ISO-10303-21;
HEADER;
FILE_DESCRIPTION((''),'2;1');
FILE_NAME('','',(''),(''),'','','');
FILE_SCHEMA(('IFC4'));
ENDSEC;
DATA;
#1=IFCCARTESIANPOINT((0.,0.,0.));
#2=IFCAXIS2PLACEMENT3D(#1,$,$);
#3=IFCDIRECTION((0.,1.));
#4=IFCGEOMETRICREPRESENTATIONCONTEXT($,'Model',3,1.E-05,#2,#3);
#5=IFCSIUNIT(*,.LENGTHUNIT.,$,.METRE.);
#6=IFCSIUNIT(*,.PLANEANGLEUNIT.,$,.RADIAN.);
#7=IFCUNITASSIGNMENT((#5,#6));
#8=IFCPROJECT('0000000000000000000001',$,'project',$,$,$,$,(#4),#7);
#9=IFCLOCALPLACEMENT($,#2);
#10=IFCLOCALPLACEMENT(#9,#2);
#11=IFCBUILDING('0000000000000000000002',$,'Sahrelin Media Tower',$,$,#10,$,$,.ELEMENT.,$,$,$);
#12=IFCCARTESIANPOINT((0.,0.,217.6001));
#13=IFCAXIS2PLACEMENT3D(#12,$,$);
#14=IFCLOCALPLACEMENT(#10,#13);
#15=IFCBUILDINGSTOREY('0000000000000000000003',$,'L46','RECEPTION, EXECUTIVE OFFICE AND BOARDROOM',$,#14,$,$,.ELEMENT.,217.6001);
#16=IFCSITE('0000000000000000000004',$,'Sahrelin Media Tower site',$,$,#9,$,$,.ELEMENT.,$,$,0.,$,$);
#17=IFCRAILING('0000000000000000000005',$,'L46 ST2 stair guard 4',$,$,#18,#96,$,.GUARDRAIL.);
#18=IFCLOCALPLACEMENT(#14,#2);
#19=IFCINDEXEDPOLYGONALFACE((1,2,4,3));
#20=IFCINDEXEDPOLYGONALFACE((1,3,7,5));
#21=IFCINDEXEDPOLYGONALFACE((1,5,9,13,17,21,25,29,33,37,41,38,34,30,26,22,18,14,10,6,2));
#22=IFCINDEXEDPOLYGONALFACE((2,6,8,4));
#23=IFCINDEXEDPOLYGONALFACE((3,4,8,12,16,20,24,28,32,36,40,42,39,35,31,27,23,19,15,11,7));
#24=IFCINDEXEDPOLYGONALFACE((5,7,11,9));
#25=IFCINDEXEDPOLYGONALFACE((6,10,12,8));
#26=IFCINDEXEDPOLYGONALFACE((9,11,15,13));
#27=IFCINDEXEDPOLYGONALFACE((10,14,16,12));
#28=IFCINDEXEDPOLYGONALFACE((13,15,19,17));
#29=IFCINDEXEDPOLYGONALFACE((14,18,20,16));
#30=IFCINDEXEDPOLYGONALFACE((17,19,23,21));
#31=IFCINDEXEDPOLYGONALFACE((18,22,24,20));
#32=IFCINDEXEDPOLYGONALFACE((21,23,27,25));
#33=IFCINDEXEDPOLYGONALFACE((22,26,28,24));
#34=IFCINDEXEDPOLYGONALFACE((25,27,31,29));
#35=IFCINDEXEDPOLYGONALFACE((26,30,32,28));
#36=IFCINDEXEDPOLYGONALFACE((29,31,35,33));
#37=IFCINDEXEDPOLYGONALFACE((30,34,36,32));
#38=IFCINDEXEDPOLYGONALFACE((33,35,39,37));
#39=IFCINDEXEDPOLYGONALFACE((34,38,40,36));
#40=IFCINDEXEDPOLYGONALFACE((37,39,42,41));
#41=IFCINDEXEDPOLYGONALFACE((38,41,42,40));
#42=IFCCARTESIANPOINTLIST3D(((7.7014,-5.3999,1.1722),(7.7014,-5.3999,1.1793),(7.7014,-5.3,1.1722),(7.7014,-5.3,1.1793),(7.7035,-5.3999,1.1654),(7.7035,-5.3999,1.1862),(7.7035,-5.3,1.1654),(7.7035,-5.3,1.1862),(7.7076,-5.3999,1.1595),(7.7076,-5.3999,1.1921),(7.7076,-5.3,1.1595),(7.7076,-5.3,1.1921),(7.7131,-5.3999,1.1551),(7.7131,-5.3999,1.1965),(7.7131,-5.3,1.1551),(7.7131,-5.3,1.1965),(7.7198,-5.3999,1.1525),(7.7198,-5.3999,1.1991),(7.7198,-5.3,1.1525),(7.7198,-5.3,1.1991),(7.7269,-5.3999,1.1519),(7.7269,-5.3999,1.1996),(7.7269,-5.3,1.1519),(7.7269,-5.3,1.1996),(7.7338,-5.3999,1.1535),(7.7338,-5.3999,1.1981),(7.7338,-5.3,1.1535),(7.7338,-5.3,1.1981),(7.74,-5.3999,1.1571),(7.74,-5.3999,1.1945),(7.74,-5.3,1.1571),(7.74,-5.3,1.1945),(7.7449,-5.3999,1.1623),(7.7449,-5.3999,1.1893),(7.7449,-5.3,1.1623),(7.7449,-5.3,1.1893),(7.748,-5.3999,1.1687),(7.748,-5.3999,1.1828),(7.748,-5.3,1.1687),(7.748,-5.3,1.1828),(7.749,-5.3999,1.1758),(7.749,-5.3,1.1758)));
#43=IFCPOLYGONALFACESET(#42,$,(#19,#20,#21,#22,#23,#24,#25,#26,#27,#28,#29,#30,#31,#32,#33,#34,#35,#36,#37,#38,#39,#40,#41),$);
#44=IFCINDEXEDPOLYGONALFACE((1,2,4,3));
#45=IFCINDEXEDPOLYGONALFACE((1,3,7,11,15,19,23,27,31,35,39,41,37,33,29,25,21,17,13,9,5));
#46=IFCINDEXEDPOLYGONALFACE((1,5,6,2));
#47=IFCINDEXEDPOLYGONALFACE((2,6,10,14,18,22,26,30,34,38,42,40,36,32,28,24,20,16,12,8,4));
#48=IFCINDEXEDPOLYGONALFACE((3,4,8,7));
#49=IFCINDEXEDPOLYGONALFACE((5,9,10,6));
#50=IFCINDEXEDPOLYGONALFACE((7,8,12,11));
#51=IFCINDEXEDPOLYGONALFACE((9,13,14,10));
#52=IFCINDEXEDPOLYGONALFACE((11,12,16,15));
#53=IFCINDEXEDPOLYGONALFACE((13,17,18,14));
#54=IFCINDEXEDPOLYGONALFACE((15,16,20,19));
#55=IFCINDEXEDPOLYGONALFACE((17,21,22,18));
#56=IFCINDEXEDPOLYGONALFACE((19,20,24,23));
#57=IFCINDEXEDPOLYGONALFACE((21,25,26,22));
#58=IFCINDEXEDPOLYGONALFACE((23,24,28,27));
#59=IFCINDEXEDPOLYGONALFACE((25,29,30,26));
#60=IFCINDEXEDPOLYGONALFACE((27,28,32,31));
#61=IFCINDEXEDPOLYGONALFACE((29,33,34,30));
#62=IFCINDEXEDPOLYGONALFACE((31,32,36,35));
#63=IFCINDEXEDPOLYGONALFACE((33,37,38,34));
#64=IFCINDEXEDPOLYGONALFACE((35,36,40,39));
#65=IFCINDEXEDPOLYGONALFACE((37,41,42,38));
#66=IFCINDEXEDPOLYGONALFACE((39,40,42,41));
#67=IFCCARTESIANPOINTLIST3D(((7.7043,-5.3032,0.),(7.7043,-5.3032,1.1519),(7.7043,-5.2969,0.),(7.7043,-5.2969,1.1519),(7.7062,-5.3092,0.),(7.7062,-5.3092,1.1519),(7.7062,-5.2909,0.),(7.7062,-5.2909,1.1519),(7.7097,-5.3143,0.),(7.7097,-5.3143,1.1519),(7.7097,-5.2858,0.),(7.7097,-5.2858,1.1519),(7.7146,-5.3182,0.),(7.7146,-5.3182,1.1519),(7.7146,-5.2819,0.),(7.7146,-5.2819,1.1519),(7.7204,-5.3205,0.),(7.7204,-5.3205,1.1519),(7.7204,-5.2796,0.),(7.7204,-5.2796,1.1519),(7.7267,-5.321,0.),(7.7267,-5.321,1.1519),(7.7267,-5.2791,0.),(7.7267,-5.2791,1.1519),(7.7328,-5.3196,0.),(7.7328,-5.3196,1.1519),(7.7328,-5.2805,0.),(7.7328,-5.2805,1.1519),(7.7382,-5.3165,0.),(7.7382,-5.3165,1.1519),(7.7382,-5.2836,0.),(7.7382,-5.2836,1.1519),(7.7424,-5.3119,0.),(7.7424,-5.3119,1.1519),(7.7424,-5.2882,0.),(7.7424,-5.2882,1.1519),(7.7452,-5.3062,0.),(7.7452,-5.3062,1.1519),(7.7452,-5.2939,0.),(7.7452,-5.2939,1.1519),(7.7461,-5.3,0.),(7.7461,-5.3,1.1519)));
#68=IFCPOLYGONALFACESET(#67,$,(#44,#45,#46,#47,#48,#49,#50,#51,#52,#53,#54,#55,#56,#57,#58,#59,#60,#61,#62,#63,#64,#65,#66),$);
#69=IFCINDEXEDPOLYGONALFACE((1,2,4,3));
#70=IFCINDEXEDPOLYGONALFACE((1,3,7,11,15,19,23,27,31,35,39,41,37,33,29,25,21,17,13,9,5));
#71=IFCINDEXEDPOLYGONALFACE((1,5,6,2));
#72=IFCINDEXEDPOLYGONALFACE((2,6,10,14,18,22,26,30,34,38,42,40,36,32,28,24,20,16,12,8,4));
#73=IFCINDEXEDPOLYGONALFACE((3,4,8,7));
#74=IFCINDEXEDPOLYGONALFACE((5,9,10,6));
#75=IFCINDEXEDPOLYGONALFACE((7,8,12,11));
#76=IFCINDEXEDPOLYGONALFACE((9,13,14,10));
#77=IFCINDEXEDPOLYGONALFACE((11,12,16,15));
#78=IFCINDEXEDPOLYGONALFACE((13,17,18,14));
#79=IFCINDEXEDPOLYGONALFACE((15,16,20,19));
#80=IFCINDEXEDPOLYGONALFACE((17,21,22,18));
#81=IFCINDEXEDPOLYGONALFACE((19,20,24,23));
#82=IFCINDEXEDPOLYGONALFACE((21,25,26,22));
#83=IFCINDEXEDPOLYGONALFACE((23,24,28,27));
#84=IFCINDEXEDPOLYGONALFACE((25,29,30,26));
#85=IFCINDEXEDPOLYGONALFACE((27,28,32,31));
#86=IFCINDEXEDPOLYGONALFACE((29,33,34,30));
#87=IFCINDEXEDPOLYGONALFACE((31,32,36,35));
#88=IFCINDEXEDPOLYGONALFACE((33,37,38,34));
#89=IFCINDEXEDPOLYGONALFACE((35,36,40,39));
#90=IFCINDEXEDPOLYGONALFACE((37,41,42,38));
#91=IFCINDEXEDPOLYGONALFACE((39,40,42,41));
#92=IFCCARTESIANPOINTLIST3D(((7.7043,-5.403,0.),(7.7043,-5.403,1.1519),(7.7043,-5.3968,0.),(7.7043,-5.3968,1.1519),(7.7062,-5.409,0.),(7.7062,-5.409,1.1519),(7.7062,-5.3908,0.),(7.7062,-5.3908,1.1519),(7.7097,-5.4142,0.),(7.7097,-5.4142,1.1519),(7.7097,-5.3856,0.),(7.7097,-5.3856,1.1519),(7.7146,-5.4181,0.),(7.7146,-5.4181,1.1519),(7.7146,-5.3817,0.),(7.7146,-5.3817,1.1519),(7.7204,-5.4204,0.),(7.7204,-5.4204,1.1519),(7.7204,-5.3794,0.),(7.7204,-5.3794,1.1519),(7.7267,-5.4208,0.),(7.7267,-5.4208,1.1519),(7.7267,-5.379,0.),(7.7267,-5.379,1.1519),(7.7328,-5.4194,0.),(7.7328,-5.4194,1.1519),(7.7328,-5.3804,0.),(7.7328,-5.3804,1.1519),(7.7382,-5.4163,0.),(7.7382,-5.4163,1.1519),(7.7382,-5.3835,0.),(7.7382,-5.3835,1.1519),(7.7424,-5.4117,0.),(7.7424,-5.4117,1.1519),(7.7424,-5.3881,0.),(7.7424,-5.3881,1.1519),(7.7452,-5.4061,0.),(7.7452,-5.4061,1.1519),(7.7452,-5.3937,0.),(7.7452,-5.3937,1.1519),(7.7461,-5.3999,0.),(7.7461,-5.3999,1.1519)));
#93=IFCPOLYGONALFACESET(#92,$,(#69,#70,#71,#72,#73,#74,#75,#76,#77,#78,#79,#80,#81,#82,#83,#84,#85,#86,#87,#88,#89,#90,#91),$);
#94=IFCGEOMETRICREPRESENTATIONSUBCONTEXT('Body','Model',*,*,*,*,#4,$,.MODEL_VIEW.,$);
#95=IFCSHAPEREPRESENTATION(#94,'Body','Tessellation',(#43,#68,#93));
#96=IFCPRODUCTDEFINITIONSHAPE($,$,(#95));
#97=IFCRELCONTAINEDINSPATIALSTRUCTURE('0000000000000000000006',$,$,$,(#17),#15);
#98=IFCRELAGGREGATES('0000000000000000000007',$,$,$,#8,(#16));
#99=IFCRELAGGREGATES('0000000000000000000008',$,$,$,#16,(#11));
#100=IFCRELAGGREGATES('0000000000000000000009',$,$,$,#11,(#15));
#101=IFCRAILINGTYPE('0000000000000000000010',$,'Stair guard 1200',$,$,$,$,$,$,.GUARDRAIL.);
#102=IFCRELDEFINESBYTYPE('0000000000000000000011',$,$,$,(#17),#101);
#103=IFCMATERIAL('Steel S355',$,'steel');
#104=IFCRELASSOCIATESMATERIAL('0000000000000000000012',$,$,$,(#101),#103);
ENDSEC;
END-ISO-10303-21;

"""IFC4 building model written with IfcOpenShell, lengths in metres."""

from ifc_helpers import new_model, si_unit, direction, frame, origin, origin_2d, place, context, subcontext, project, spatial, circle, extrude, material, type_object, element, save


model = new_model("IFC4")

# Units and contexts
model_context = context("Model", 3, precision=1e-05, world=origin(), true_north=direction((0.0, 1.0)))
body_context = subcontext(model_context, "Body", "Model", "MODEL_VIEW")
ifc_project = project(units=[si_unit("LENGTHUNIT", "METRE"), si_unit("PLANEANGLEUNIT", "RADIAN")], contexts=[model_context])

# Site, building, storey
site_placement = place(None, origin())
site = spatial("IfcSite", under=ifc_project, at=site_placement, Name="Sahrelin Media Tower site", CompositionType="ELEMENT", RefElevation=0.0)
building_placement = place(site_placement, origin())
building = spatial("IfcBuilding", under=site, at=building_placement, Name="Sahrelin Media Tower", CompositionType="ELEMENT")
storey_placement = place(building_placement, frame((0.0, 0.0, 217.6001)))
storey = spatial("IfcBuildingStorey", under=building, at=storey_placement, Name="L46", Description="RECEPTION, EXECUTIVE OFFICE AND BOARDROOM", CompositionType="ELEMENT", Elevation=217.6001)

# Shared definitions
ifc_material_1 = material(Name="Steel S355", Category="steel")

# Railing
railing_type_1 = type_object("IfcRailingType", Name="Stair guard 1200", PredefinedType="GUARDRAIL", material=ifc_material_1)
railing_1_placement = place(storey_placement, frame((7.7251, -5.3, 0.0)))
element("IfcRailing", 1, at=railing_1_placement, inside=storey, type_object=railing_type_1, Name="L46 ST2 stair guard 4", PredefinedType="GUARDRAIL", context=body_context, shape_type="SweptSolid", body=[
    extrude(circle(Radius=0.0239, at=origin_2d()), frame((0.0, 0.0, 1.1758), z_axis=(0.0, -1.0, 0.0), x_axis=(1.0, 0.0, 0.0)), (0.0, 0.0, 1.0), 0.0999),
    extrude(circle(Radius=0.021, at=origin_2d()), origin(), (0.0, 0.0, 1.0), 1.1519),
    extrude(circle(Radius=0.021, at=origin_2d()), frame((0.0, -0.0999, 0.0)), (0.0, 0.0, 1.0), 1.1519),
])

save(model, "model.ifc")
